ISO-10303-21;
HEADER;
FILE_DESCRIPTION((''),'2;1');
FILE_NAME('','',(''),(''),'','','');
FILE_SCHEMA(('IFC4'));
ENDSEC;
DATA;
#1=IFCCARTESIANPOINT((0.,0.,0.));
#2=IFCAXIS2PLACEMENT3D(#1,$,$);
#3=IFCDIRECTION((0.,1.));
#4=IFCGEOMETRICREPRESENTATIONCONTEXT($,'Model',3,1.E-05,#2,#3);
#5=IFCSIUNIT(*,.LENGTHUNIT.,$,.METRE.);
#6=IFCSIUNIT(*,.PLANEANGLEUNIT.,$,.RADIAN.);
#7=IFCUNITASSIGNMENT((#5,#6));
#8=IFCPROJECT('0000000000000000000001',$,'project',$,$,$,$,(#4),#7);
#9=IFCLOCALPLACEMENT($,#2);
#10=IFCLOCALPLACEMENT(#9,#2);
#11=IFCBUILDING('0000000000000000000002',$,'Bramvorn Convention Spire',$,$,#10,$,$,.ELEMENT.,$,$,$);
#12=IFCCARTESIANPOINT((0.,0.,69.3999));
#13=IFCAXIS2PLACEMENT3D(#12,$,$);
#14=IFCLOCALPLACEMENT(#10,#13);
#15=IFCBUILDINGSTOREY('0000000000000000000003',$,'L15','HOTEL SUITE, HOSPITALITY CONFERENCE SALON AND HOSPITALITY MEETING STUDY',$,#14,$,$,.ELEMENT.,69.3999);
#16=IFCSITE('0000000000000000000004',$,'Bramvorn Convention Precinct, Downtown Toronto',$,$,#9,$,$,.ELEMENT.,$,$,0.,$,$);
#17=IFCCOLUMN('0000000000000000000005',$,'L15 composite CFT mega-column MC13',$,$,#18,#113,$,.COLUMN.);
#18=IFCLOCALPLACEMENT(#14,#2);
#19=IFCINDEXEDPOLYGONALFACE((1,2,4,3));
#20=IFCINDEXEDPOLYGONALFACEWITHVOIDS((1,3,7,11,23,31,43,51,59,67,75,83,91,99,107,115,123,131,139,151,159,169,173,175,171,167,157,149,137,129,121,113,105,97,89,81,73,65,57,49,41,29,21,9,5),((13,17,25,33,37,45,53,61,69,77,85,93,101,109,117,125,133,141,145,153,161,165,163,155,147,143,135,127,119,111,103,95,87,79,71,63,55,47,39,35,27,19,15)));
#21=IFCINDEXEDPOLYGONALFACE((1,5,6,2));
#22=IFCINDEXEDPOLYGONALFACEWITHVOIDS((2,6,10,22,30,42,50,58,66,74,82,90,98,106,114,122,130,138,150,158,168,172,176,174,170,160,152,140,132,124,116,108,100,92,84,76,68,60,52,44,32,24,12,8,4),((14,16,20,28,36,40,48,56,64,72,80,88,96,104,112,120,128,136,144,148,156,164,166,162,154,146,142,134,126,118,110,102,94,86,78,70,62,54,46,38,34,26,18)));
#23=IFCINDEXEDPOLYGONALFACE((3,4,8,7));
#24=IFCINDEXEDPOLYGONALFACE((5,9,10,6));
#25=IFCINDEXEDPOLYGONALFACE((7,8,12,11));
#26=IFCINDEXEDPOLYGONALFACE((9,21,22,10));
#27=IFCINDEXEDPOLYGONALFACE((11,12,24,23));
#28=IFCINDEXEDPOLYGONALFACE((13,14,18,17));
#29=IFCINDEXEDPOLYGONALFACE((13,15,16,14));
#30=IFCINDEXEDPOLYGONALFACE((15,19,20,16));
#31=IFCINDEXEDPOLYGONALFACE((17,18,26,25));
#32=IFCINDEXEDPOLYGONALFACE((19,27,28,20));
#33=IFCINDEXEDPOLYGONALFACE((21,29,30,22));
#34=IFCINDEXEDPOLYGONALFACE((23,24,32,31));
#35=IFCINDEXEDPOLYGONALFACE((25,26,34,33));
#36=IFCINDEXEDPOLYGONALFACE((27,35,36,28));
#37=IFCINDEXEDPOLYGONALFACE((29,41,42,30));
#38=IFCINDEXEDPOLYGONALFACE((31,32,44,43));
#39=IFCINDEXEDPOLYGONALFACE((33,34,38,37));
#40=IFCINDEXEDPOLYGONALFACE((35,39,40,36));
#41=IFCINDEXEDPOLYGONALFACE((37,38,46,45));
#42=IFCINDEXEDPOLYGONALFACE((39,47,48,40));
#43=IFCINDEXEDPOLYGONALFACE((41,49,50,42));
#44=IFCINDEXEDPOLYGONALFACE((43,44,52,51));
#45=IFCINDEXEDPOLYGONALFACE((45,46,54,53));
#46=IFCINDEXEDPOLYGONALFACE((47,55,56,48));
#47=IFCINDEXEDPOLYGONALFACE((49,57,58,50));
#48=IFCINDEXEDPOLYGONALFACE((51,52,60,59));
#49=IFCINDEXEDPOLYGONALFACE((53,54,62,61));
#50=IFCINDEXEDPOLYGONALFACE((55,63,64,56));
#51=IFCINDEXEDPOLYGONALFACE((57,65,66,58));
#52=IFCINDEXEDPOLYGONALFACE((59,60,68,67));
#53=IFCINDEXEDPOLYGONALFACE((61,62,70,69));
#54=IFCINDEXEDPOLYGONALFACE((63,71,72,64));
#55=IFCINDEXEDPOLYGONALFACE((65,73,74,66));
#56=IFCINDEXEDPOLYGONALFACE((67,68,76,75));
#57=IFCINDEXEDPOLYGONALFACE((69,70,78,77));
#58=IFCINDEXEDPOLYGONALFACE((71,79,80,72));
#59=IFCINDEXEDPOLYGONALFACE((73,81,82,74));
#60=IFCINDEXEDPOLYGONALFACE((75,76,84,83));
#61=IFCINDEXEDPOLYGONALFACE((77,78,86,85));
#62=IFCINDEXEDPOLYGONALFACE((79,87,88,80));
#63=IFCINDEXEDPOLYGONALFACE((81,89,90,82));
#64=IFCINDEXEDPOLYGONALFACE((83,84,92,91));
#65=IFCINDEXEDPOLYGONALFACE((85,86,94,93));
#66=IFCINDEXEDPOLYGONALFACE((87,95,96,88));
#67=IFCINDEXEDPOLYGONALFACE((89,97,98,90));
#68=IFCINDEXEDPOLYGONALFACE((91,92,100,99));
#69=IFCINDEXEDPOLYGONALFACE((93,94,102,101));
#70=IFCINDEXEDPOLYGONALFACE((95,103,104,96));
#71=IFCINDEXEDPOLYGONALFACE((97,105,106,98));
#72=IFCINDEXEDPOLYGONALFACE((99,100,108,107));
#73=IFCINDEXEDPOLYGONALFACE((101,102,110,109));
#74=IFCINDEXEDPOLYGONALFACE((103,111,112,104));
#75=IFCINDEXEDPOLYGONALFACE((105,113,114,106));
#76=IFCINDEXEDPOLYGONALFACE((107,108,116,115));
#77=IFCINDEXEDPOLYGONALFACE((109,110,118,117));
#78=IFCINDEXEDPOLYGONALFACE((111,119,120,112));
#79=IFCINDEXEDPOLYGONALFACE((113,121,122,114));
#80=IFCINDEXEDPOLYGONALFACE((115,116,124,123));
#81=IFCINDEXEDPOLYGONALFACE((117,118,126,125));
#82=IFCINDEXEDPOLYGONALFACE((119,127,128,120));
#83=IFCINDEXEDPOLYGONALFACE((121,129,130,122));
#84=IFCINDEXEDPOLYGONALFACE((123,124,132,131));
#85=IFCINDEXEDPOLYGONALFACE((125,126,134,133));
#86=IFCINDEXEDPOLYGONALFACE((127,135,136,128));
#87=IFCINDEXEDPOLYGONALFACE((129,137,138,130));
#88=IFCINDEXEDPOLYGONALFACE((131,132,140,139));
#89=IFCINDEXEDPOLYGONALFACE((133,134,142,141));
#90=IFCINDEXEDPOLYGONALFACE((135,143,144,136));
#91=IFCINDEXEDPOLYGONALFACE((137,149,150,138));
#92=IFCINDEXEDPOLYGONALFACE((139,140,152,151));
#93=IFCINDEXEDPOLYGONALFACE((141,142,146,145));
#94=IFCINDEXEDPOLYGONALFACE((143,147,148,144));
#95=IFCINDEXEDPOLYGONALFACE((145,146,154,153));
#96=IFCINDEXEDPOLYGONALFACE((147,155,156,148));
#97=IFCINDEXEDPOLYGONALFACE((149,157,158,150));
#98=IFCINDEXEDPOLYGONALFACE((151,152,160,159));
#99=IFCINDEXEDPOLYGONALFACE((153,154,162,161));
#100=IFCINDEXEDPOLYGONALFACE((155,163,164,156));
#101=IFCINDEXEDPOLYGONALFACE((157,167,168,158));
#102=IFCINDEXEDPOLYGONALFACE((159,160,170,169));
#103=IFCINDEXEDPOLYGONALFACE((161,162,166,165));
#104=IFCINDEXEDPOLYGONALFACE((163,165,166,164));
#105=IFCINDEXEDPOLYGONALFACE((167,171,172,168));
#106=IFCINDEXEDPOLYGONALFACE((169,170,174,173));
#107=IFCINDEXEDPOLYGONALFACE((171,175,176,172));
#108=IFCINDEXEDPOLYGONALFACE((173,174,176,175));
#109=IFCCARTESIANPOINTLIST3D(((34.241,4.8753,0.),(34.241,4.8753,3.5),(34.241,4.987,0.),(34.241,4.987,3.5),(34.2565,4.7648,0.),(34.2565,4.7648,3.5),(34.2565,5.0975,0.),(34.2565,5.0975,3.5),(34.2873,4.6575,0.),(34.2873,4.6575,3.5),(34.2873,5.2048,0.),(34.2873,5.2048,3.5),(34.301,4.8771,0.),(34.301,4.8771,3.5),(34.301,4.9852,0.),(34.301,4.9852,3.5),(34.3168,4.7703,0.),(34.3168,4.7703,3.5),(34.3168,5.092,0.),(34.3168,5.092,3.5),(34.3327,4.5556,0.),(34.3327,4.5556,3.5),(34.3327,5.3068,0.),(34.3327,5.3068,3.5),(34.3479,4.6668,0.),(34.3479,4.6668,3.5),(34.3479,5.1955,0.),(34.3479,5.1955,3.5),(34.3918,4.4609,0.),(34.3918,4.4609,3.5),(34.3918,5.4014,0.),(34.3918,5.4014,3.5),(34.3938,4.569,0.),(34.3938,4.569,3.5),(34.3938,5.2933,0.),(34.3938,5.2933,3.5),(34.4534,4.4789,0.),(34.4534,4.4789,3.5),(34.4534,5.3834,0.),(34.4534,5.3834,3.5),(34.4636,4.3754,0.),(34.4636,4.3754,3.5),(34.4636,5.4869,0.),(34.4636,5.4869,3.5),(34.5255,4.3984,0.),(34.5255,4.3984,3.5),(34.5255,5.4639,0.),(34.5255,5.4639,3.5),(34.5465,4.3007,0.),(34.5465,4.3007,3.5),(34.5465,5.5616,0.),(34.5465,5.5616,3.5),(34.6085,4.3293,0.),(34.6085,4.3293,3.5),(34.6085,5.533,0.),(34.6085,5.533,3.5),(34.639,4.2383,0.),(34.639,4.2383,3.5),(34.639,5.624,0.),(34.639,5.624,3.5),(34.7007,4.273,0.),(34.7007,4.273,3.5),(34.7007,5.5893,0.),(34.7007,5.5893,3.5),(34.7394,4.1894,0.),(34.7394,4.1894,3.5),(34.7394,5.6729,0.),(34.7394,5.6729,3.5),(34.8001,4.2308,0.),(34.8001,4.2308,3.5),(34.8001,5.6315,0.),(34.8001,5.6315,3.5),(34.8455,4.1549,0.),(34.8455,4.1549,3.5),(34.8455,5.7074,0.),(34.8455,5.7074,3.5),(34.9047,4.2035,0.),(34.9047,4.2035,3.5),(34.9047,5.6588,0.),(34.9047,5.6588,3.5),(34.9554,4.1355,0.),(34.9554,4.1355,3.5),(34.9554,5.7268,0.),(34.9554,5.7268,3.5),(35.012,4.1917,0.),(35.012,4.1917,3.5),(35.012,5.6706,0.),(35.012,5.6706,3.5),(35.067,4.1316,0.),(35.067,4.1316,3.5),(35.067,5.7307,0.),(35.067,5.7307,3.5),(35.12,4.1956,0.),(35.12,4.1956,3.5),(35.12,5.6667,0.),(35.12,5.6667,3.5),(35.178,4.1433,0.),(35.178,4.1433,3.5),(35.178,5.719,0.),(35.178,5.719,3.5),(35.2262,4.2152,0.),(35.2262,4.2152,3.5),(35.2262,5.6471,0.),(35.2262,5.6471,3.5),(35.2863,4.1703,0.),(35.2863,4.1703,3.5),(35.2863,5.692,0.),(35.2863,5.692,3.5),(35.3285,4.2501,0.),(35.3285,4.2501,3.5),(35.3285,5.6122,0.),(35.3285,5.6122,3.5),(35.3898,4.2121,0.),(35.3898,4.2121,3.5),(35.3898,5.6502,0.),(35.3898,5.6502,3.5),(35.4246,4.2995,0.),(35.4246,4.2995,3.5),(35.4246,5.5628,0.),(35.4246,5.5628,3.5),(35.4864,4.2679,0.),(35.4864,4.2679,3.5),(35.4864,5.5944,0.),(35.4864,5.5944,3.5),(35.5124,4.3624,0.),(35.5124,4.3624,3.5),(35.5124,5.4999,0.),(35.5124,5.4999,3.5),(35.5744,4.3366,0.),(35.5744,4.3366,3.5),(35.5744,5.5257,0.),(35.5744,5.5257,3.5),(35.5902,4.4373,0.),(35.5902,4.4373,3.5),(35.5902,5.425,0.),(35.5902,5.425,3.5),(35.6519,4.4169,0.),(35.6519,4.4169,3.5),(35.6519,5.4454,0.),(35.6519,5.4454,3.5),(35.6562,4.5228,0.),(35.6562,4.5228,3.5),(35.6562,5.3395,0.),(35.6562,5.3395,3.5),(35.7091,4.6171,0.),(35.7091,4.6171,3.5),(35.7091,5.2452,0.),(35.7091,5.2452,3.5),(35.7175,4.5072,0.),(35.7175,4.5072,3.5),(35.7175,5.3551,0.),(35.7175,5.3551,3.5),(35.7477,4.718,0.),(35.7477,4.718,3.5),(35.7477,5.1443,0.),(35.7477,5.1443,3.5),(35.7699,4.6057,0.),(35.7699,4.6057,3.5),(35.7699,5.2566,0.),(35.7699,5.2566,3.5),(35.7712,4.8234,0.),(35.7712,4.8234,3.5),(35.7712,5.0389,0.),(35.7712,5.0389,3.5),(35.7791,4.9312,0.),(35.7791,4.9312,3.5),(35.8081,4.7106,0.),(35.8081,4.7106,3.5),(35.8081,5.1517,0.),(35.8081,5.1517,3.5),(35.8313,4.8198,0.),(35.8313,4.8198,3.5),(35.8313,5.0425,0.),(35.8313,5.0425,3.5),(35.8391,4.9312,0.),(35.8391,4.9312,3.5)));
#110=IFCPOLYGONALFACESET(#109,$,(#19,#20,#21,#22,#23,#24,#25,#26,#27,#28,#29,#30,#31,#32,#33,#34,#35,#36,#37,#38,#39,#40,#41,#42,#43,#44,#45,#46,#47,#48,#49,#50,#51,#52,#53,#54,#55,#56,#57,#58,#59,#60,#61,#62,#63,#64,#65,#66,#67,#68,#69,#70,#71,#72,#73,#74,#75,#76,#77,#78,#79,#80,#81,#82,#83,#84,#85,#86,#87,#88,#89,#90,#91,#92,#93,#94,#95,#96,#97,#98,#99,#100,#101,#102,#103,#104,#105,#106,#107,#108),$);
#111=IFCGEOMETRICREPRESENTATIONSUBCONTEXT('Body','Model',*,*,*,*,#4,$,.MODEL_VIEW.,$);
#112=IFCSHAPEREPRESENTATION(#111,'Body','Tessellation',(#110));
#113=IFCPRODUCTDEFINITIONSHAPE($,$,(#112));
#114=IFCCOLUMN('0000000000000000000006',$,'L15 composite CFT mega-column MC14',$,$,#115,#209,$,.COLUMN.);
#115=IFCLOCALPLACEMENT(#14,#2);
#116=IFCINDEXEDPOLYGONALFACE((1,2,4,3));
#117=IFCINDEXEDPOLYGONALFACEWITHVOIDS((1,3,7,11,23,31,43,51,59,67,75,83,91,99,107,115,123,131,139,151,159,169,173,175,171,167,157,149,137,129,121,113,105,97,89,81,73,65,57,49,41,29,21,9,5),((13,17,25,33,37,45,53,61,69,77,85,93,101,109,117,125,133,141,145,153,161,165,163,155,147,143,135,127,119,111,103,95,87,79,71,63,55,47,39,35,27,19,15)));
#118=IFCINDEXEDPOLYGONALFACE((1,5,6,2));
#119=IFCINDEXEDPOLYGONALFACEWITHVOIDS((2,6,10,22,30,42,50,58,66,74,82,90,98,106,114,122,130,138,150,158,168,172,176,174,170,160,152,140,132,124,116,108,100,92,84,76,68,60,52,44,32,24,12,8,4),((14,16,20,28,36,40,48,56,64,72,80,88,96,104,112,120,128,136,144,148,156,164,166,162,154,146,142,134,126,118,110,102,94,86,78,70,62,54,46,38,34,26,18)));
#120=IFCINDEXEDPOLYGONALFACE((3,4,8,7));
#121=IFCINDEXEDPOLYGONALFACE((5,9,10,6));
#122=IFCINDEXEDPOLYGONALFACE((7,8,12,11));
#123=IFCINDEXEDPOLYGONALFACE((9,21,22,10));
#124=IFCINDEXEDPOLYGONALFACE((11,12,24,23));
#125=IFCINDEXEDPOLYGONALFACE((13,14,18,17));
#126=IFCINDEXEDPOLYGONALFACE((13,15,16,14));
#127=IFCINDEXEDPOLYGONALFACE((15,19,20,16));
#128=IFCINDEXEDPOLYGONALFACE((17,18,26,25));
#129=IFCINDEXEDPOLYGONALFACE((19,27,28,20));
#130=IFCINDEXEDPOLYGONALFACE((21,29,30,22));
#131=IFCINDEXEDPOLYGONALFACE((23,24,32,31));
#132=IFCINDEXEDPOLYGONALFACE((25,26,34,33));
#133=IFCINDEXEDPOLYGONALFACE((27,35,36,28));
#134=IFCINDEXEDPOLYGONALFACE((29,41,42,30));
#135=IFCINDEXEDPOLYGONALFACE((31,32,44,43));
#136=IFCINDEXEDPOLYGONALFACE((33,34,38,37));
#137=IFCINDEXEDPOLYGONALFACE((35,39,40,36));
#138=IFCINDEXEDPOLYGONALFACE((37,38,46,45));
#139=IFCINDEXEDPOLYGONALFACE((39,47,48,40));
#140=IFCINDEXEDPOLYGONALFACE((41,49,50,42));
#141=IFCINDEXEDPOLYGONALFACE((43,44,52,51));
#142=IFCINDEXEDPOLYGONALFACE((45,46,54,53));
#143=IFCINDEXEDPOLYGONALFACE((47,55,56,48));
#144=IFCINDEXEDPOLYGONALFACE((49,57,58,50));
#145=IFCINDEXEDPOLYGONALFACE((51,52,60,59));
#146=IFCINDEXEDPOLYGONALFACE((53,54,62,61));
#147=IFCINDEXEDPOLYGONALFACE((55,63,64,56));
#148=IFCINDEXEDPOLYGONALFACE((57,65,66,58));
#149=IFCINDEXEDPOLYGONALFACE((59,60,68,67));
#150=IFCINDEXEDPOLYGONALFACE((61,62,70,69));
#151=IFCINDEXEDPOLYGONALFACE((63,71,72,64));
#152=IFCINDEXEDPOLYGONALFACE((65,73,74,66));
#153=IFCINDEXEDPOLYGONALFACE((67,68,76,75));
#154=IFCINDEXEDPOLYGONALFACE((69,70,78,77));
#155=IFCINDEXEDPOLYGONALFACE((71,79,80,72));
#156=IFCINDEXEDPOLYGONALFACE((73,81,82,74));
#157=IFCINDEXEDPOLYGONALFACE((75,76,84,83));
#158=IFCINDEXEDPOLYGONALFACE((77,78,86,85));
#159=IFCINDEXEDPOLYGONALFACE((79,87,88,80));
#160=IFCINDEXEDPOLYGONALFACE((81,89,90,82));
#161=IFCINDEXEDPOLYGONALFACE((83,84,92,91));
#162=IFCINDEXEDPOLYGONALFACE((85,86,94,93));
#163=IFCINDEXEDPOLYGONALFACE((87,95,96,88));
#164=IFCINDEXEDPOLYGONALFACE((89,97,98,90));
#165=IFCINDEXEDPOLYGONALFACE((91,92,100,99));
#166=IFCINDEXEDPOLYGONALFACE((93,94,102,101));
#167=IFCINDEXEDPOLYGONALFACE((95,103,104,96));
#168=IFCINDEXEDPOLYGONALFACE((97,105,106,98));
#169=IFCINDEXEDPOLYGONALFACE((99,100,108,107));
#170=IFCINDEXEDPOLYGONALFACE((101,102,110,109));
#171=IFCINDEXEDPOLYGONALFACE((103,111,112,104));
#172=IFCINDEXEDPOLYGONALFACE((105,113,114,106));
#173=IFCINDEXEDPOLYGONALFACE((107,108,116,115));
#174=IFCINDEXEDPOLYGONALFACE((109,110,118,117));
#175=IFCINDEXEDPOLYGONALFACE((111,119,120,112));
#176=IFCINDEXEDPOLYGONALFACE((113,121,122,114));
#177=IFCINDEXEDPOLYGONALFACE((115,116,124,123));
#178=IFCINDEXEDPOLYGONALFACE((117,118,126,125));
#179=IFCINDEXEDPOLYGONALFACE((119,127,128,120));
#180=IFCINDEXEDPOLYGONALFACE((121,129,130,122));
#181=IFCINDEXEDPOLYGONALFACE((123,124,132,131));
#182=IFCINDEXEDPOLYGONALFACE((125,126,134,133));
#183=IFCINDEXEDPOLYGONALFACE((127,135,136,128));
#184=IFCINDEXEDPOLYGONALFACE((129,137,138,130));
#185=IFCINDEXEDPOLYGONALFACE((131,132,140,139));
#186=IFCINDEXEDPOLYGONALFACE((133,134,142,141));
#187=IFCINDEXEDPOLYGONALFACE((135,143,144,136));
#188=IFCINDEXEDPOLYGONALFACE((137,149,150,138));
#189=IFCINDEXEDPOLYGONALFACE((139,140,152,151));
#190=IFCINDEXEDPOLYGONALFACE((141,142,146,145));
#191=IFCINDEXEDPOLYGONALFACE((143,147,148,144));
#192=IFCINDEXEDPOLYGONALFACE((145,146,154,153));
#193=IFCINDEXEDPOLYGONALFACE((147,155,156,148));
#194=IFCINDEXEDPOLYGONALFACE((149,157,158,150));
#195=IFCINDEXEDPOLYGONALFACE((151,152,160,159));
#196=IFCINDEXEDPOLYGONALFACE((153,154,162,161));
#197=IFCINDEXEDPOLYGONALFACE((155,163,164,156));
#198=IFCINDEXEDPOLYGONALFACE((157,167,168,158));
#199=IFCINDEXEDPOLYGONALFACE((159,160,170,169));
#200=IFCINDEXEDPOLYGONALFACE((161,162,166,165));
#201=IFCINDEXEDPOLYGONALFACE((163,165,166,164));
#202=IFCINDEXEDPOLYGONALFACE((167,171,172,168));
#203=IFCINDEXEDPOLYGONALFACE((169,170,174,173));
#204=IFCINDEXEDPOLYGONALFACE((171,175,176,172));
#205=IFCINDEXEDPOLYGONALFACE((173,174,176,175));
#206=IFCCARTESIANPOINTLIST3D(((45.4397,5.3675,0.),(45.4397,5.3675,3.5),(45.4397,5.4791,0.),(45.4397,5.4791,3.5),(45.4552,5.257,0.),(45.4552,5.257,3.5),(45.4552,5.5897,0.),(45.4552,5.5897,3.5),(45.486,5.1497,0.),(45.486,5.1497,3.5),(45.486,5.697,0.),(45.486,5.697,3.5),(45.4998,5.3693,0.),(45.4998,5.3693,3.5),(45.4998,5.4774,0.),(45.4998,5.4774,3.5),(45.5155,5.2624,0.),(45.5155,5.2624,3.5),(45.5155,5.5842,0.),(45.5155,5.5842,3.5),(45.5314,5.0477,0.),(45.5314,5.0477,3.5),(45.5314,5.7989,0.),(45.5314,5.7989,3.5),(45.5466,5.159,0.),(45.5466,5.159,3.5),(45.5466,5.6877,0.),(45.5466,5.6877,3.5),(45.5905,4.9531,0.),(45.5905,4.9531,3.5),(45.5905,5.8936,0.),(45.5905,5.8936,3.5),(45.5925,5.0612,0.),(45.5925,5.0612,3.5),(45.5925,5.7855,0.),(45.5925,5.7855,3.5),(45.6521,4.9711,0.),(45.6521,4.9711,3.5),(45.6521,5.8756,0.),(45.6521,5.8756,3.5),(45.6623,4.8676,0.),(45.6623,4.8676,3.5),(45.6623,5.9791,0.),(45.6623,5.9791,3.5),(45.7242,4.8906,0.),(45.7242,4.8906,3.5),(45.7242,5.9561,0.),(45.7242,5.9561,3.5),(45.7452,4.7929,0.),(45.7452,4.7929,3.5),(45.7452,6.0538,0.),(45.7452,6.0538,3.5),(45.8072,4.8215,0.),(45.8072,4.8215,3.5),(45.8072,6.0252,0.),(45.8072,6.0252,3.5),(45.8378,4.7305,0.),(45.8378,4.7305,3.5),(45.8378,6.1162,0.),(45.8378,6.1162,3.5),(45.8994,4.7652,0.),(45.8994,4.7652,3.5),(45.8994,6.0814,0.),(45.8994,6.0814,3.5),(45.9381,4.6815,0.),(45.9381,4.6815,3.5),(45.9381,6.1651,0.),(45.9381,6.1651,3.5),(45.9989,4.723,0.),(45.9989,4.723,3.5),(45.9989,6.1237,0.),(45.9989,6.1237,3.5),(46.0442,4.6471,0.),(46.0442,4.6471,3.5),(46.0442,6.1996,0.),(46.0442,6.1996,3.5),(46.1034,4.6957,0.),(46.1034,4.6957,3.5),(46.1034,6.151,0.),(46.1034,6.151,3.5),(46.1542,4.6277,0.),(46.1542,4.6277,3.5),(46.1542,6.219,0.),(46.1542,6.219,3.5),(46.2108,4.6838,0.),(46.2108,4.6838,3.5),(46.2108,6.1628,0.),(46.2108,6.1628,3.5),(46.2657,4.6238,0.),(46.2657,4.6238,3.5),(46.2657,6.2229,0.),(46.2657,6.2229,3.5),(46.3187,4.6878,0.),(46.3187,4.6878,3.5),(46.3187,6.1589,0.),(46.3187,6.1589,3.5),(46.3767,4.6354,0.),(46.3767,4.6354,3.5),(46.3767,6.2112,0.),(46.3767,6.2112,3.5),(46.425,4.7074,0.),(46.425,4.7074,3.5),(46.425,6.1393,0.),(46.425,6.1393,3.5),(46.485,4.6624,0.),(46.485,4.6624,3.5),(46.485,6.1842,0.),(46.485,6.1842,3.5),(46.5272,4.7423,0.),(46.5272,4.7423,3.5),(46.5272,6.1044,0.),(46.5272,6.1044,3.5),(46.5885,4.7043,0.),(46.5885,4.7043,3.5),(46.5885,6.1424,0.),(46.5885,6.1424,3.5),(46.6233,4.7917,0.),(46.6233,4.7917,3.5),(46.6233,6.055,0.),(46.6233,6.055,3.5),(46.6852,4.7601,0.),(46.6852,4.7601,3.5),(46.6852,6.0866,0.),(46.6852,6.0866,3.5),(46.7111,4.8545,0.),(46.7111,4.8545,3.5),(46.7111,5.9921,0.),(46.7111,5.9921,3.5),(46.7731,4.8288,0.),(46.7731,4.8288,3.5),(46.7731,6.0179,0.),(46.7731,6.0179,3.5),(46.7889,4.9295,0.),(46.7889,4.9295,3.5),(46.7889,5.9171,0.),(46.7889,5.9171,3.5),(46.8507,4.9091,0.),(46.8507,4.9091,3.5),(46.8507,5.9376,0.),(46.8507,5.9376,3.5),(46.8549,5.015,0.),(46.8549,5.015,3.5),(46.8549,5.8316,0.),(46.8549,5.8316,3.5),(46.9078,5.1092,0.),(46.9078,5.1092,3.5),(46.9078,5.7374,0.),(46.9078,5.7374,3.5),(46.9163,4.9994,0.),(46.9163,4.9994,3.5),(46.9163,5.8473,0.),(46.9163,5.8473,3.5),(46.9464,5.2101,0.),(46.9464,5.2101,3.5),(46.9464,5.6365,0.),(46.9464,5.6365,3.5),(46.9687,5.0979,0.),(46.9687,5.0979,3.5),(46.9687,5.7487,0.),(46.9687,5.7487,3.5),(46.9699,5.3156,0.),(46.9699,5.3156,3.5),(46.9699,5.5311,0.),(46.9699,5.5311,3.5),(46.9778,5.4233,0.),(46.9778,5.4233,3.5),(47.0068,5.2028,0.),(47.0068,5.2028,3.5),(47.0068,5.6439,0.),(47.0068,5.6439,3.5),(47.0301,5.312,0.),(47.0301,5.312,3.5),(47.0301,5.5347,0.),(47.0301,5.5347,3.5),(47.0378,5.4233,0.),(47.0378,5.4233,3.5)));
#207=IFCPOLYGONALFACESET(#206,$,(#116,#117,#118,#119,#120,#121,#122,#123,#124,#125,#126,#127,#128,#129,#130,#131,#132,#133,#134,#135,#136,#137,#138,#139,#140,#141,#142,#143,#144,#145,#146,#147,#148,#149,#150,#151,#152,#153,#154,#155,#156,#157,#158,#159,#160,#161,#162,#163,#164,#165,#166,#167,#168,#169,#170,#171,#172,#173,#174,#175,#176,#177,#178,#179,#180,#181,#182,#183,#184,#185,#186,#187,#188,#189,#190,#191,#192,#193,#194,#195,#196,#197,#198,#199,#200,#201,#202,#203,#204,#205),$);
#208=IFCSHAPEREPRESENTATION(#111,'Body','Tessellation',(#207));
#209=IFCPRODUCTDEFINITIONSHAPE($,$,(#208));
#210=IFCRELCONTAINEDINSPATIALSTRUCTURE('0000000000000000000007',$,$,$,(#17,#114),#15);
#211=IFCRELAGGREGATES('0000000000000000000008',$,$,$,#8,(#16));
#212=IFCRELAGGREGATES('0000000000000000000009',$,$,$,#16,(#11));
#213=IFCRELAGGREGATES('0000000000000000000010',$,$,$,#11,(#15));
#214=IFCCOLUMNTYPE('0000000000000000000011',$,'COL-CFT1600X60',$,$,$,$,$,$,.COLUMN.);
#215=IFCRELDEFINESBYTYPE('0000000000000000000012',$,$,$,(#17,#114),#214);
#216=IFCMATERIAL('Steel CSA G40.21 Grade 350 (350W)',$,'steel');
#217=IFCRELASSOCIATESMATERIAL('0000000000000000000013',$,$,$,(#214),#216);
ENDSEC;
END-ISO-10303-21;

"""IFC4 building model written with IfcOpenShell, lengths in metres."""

from ifc_helpers import new_model, si_unit, direction, frame, origin, origin_2d, place, context, subcontext, project, spatial, hollow_circle, extrude, material, material_profile, profile_set, type_object, element, save


model = new_model("IFC4")

# Units and contexts
model_context = context("Model", 3, precision=1e-05, world=origin(), true_north=direction((0.0, 1.0)))
body_context = subcontext(model_context, "Body", "Model", "MODEL_VIEW")
ifc_project = project(units=[si_unit("LENGTHUNIT", "METRE"), si_unit("PLANEANGLEUNIT", "RADIAN")], contexts=[model_context])

# Site, building, storey
site_placement = place(None, origin())
site = spatial("IfcSite", under=ifc_project, at=site_placement, Name="Bramvorn Convention Precinct, Downtown Toronto", CompositionType="ELEMENT", RefElevation=0.0)
building_placement = place(site_placement, origin())
building = spatial("IfcBuilding", under=site, at=building_placement, Name="Bramvorn Convention Spire", CompositionType="ELEMENT")
storey_placement = place(building_placement, frame((0.0, 0.0, 69.3999)))
storey = spatial("IfcBuildingStorey", under=building, at=storey_placement, Name="L15", Description="HOTEL SUITE, HOSPITALITY CONFERENCE SALON AND HOSPITALITY MEETING STUDY", CompositionType="ELEMENT", Elevation=69.3999)

# Columns
ifc_material_1 = material(Name="Steel CSA G40.21 Grade 350 (350W)", Category="steel")
ifc_material_profile_1 = material_profile(ifc_material_1, hollow_circle(Radius=0.8, WallThickness=0.0601, at=origin_2d()))
ifc_profile_set_1 = profile_set([ifc_material_profile_1], Name="Steel CSA G40.21 Grade 350 (350W) - CFT1600X60")
column_type = type_object("IfcColumnType", Name="COL-CFT1600X60", PredefinedType="COLUMN", material=ifc_profile_set_1)
for number, where, z_axis, x_axis, name in (
    (1, (35.0391, 4.9312, 0.0), (0.0, 0.0, 1.0), (1.0, 0.0, 0.0), "L15 composite CFT mega-column MC13"),
    (2, (46.2378, 5.4233, 0.0), (0.0, 0.0, 1.0), (1.0, 0.0, 0.0), "L15 composite CFT mega-column MC14"),
):
    element("IfcColumn", number, at=place(storey_placement, frame(where, z_axis=z_axis, x_axis=x_axis)), inside=storey, type_object=column_type, Name=name, PredefinedType="COLUMN", context=body_context, shape_type="SweptSolid", body=[
        extrude(hollow_circle(Radius=0.8, WallThickness=0.0601, at=origin_2d()), origin(), (0.0, 0.0, 1.0), 3.5),
    ])

save(model, "model.ifc")
